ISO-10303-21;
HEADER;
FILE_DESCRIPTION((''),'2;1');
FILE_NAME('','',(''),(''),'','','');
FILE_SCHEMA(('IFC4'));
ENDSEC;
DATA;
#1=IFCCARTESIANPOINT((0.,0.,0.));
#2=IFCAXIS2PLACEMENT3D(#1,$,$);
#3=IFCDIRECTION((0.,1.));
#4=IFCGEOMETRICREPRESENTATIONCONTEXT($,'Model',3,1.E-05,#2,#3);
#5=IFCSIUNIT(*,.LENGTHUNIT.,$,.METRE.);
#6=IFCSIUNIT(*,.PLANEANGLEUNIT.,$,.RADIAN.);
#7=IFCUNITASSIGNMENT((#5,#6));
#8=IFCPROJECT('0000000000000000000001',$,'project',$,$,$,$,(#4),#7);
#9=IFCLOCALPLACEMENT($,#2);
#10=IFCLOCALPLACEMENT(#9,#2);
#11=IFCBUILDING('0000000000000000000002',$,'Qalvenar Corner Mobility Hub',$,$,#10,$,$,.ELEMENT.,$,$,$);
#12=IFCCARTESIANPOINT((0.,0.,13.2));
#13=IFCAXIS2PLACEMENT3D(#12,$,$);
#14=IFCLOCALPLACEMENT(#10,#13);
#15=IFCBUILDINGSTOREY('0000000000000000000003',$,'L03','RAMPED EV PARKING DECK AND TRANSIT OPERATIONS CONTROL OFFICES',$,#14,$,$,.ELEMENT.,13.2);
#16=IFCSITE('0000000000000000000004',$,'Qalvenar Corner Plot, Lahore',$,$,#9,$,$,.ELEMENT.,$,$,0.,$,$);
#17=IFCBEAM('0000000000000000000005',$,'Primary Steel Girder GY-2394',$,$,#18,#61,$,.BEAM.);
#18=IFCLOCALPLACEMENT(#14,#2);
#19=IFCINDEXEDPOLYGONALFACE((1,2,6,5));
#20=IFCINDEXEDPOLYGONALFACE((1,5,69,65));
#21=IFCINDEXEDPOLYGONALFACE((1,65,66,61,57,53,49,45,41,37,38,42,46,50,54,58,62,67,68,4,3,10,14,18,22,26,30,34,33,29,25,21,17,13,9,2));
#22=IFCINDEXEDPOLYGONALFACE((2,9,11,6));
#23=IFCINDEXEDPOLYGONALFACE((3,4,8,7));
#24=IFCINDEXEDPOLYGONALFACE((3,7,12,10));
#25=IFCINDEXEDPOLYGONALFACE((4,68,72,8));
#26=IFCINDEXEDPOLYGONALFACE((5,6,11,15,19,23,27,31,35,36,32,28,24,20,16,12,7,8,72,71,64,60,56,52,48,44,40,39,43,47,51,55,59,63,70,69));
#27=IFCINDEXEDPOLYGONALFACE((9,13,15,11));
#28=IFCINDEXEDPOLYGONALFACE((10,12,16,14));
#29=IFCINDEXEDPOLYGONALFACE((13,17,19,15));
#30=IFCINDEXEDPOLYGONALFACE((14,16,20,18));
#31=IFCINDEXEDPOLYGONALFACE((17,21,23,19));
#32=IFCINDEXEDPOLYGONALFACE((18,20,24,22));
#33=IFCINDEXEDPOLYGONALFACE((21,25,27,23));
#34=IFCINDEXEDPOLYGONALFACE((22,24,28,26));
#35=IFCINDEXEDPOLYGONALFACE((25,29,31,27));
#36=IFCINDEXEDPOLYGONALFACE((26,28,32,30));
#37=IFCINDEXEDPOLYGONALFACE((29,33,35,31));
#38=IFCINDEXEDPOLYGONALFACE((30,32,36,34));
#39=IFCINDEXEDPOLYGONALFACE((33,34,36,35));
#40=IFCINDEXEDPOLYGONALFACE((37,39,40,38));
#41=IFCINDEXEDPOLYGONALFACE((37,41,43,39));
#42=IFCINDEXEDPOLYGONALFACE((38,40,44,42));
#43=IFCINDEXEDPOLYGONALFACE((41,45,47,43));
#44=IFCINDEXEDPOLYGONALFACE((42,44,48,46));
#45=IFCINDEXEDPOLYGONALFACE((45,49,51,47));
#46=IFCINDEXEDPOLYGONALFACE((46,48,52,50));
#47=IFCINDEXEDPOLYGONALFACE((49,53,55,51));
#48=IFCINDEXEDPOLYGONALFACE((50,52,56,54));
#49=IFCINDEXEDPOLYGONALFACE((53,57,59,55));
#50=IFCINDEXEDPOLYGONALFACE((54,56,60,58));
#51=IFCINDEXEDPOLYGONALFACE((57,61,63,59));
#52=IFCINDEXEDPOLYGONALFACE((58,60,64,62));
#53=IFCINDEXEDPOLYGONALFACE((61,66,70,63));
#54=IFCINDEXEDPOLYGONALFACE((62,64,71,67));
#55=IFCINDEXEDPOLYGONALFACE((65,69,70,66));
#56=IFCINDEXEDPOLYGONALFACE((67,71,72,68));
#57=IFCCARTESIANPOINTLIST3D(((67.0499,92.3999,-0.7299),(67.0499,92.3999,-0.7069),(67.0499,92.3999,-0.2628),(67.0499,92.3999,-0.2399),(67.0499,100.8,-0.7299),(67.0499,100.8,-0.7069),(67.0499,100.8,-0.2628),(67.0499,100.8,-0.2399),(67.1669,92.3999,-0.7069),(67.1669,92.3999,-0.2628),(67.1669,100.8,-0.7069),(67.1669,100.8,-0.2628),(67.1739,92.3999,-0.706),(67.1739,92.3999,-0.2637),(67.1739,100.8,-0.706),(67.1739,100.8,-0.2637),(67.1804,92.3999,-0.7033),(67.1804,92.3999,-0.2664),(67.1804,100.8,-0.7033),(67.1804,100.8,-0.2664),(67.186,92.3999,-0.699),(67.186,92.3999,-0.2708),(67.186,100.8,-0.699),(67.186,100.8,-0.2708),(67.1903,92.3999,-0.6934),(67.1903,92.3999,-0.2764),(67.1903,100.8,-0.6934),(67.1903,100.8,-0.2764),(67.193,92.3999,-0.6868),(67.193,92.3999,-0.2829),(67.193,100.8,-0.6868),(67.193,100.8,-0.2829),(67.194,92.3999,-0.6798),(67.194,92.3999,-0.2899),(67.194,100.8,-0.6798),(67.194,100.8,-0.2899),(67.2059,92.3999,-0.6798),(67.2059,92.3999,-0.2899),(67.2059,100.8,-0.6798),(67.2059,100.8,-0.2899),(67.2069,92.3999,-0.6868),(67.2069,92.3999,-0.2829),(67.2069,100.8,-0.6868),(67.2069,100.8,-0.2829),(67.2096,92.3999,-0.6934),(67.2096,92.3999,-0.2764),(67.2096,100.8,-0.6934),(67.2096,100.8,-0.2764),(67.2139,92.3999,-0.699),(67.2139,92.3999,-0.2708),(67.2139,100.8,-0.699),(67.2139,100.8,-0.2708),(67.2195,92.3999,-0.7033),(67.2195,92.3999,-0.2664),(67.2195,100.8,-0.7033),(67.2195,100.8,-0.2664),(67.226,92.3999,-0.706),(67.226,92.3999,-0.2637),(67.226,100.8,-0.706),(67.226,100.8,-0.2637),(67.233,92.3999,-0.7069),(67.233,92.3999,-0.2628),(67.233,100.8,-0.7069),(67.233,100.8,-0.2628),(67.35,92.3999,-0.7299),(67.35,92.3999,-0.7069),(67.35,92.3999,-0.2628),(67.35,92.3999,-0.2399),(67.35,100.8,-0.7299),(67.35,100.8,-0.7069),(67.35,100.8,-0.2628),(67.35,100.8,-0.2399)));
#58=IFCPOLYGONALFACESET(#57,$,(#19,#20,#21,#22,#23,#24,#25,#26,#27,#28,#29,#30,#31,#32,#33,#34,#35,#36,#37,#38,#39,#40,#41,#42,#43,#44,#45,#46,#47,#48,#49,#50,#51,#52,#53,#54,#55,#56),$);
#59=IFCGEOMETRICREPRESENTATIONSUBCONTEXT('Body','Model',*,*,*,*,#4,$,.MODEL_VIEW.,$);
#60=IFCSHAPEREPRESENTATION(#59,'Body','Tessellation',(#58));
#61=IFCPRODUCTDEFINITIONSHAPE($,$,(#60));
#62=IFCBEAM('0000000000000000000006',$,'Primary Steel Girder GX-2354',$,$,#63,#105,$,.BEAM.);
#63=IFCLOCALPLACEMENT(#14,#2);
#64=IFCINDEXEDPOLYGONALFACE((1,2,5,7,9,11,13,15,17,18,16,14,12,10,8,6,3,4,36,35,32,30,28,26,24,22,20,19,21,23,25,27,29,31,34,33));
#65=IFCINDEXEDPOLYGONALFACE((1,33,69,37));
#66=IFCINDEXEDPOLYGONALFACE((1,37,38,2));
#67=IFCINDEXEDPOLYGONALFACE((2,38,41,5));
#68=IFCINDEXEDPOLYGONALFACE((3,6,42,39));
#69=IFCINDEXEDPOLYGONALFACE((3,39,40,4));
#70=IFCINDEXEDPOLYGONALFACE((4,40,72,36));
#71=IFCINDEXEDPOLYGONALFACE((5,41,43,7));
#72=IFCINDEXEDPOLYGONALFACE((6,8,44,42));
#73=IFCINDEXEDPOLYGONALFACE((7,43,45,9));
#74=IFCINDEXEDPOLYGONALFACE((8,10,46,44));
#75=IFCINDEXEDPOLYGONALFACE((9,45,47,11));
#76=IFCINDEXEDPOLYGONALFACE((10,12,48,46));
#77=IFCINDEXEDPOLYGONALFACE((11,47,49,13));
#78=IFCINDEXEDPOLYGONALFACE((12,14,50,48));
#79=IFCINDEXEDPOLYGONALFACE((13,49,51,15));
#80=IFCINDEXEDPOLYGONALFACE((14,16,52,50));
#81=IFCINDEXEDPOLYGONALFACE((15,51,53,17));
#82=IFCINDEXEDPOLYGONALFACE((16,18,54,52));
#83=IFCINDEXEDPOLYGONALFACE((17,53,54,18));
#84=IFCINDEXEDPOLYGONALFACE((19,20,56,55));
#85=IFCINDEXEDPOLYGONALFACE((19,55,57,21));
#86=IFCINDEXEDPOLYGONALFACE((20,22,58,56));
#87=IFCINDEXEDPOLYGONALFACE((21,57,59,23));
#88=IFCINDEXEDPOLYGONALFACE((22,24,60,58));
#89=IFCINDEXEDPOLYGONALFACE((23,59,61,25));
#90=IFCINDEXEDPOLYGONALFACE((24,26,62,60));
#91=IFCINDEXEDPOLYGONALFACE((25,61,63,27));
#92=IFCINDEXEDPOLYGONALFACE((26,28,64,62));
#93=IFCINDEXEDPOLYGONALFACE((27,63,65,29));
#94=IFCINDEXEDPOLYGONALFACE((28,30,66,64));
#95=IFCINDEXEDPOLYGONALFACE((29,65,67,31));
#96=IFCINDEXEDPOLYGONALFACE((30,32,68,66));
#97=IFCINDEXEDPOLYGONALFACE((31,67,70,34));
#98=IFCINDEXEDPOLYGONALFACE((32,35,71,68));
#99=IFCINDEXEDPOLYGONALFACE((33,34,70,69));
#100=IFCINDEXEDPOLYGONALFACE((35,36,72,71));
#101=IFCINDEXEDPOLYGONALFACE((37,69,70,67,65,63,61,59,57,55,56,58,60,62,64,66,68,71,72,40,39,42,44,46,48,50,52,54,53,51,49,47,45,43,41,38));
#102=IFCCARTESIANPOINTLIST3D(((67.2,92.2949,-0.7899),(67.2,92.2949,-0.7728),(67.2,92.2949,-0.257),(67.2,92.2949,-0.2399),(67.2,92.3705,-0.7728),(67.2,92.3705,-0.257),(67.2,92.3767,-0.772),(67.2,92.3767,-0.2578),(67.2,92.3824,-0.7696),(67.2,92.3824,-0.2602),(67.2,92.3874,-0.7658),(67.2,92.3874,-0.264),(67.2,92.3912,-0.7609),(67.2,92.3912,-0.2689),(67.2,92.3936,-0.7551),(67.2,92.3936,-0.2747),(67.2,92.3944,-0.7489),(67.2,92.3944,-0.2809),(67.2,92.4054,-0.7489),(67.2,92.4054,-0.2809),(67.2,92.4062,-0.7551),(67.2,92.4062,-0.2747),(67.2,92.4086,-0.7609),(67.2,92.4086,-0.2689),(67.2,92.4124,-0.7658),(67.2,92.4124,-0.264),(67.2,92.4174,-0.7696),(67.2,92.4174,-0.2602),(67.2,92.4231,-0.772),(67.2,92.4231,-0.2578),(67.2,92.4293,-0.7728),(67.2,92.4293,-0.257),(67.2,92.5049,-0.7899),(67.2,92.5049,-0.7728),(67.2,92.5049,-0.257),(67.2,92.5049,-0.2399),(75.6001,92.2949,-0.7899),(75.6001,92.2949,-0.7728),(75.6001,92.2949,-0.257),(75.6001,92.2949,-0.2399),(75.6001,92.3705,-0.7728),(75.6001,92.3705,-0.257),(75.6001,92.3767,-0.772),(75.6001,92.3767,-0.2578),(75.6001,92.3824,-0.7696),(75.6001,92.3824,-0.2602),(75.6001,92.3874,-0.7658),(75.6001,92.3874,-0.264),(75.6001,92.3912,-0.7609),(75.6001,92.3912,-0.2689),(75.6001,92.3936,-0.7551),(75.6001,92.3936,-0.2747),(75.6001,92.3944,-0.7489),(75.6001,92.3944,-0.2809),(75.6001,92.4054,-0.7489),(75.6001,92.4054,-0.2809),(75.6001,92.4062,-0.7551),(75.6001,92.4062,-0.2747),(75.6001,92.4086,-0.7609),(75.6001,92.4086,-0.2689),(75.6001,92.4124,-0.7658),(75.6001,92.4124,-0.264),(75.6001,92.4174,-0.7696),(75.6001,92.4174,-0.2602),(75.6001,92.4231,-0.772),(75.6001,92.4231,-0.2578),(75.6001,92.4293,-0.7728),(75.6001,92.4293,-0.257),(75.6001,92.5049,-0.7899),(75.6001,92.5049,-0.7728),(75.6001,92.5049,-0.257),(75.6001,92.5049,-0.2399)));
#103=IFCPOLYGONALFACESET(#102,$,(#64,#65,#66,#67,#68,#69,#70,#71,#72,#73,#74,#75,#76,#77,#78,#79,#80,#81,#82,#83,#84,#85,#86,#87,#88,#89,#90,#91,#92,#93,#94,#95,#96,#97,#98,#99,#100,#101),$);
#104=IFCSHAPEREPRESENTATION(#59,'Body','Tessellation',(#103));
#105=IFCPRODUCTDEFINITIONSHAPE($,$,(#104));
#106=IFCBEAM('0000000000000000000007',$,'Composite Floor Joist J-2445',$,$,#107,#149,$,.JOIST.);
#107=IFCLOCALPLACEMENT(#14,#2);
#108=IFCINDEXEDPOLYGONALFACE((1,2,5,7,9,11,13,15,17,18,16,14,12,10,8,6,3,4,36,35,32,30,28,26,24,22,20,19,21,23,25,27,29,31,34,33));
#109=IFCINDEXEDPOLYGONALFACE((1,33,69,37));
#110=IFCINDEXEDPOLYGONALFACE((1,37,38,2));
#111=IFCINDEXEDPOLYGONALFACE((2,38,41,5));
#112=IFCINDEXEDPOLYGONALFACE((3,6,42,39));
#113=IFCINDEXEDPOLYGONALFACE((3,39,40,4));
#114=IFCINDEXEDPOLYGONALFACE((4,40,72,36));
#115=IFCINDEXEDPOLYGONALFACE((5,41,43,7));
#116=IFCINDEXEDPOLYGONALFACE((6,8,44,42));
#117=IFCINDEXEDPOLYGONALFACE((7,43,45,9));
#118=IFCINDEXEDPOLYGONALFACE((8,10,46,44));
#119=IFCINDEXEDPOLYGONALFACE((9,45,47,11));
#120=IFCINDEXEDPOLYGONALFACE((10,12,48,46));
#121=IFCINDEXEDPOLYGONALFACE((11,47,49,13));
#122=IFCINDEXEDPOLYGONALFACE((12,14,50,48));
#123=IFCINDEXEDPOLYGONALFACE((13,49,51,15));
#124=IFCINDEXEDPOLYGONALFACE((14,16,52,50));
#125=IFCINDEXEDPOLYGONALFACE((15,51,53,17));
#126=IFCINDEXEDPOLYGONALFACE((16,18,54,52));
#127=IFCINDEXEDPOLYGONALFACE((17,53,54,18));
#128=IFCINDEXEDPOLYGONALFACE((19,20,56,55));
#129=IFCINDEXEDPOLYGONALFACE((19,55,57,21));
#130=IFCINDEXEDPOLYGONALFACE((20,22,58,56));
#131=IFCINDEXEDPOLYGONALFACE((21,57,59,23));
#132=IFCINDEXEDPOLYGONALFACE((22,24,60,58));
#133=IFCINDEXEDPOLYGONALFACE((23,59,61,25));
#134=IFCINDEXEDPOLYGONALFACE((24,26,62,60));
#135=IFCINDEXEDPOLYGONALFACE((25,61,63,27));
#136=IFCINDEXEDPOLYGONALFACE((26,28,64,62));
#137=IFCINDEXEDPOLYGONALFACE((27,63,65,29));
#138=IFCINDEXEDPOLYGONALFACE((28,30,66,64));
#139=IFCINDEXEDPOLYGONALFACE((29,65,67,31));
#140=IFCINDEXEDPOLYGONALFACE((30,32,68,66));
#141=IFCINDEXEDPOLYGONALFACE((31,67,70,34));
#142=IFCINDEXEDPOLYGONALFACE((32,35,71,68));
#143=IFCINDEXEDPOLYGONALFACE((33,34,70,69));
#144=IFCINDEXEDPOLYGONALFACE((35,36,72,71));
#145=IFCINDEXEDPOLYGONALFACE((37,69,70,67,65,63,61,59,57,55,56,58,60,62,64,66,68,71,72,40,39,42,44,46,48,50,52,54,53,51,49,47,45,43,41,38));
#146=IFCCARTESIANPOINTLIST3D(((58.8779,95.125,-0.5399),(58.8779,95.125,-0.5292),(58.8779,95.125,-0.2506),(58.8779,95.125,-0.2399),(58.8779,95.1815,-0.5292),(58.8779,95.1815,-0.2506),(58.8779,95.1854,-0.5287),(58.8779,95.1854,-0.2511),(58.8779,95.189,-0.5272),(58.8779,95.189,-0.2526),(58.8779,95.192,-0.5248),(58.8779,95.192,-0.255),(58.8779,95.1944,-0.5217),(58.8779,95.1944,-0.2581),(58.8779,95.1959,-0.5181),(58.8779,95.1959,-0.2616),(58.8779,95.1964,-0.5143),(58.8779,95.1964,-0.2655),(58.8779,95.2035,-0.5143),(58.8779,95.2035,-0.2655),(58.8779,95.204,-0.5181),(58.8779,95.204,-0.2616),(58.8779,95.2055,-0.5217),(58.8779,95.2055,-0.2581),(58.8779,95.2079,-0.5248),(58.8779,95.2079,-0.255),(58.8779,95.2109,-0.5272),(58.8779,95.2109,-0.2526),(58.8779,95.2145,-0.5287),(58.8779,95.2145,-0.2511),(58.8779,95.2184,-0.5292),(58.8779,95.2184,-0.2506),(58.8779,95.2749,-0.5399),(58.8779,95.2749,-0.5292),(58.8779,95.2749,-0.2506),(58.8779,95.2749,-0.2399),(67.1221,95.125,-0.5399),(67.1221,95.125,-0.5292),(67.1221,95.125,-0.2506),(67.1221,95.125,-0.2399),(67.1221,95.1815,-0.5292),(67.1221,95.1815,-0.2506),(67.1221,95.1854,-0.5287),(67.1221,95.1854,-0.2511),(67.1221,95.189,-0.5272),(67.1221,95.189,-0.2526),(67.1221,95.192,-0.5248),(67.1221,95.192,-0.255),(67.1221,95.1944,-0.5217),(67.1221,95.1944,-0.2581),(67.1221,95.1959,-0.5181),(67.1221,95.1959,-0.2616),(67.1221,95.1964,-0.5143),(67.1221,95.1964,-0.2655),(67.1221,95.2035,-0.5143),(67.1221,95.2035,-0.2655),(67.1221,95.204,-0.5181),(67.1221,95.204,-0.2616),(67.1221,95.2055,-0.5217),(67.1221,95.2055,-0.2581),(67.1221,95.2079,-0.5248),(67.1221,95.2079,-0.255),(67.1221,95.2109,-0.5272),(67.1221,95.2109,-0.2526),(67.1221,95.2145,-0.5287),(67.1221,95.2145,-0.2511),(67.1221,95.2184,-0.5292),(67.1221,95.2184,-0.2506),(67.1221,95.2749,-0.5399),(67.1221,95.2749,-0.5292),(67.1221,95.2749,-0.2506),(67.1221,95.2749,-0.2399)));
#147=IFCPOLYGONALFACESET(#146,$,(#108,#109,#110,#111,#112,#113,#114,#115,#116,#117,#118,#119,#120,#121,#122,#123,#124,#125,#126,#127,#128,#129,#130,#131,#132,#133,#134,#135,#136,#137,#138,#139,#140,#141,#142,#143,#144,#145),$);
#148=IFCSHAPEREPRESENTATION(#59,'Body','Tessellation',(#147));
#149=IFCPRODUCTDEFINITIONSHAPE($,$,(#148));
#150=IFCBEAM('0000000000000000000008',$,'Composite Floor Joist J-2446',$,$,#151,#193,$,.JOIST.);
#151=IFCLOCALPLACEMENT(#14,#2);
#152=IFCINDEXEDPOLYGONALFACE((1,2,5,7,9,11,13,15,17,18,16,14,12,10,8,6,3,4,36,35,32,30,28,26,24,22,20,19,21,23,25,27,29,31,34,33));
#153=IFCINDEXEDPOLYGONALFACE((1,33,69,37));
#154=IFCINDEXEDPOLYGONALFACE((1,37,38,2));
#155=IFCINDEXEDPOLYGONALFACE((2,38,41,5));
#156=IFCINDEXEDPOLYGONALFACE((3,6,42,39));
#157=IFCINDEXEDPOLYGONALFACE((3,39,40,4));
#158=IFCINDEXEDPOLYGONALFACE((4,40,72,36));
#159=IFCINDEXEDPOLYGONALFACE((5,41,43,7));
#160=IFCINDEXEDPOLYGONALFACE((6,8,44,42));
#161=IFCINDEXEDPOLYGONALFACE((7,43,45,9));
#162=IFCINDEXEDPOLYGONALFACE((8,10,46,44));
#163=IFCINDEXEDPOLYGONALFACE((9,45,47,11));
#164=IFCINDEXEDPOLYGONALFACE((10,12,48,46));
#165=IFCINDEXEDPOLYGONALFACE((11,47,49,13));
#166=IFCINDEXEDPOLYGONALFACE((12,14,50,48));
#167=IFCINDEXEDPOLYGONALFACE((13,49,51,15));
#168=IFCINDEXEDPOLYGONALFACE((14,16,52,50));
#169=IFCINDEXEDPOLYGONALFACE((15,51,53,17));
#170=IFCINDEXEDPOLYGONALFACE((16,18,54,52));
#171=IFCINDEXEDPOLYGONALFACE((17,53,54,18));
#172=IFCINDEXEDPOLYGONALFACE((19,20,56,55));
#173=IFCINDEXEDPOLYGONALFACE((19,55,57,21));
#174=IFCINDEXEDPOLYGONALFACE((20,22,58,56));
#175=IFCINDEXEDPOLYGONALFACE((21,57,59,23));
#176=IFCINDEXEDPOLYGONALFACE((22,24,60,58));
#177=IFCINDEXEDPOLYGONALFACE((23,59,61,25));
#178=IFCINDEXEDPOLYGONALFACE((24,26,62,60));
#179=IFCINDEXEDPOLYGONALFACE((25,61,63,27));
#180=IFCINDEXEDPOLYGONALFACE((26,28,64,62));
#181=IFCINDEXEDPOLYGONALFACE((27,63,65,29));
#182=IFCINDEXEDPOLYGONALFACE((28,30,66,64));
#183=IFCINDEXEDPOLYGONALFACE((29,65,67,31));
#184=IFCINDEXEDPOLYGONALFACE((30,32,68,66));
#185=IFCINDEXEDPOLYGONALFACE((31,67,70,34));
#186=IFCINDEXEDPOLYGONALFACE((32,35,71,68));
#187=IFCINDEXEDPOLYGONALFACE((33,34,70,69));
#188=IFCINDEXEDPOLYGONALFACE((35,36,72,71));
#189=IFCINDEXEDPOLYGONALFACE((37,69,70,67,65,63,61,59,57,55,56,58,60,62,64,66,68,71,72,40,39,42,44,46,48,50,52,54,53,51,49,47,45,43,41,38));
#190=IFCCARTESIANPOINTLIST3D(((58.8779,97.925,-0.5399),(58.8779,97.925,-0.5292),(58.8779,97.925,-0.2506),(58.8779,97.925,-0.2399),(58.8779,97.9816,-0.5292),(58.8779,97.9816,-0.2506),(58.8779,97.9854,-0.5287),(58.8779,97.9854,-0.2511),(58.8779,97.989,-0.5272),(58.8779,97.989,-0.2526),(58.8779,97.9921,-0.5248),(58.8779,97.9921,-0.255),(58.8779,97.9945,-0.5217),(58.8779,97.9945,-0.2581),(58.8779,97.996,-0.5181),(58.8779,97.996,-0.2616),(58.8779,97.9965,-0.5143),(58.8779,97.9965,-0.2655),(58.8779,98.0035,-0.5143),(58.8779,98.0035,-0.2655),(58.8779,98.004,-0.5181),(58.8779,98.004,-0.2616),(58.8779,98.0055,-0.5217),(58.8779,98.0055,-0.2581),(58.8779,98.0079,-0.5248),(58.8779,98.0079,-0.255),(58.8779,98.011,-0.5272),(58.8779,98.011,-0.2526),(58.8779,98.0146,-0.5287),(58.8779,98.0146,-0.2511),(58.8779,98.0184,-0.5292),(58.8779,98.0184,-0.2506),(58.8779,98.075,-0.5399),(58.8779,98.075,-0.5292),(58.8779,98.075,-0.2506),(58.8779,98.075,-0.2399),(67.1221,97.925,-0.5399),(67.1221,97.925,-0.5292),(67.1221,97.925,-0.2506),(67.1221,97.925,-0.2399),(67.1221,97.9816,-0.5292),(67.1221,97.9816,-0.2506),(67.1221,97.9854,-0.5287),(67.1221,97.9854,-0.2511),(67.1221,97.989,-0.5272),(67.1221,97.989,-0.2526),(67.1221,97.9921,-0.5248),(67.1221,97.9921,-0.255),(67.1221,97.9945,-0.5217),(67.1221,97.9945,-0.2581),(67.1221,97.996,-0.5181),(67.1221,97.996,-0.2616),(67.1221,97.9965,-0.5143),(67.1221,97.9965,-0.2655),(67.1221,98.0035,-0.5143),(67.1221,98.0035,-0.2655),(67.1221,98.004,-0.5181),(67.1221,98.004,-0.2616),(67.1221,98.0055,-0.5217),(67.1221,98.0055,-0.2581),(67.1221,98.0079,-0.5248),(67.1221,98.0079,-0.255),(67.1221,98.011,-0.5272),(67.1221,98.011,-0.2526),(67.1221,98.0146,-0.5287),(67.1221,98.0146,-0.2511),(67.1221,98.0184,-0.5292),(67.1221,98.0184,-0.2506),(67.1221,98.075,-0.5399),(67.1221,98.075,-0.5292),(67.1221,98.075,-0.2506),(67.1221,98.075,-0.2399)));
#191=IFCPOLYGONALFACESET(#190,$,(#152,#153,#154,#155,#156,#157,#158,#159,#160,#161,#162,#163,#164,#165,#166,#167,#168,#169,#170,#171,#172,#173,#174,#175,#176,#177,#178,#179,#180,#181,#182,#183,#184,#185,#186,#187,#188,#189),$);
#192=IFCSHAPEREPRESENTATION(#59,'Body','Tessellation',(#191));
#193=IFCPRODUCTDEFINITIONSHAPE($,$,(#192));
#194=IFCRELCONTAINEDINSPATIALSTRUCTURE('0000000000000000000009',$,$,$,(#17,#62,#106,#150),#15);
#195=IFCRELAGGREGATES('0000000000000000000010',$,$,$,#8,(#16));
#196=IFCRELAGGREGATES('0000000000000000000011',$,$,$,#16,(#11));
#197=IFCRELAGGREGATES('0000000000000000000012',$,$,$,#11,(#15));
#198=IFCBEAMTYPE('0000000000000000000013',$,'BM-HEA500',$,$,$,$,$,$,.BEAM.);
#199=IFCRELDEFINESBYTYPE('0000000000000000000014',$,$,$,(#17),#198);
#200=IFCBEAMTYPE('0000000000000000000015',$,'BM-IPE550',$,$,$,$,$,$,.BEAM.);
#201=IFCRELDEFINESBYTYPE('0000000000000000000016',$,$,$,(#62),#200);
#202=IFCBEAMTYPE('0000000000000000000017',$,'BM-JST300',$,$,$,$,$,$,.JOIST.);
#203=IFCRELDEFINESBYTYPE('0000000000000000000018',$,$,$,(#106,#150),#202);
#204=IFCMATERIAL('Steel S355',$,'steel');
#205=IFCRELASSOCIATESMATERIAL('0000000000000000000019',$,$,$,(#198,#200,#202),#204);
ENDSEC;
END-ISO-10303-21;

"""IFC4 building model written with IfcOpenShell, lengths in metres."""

from ifc_helpers import new_model, si_unit, direction, frame, origin, origin_2d, place, context, subcontext, project, spatial, i_section, extrude, material, material_profile, profile_set, type_object, element, save


model = new_model("IFC4")

# Units and contexts
model_context = context("Model", 3, precision=1e-05, world=origin(), true_north=direction((0.0, 1.0)))
body_context = subcontext(model_context, "Body", "Model", "MODEL_VIEW")
ifc_project = project(units=[si_unit("LENGTHUNIT", "METRE"), si_unit("PLANEANGLEUNIT", "RADIAN")], contexts=[model_context])

# Site, building, storey
site_placement = place(None, origin())
site = spatial("IfcSite", under=ifc_project, at=site_placement, Name="Qalvenar Corner Plot, Lahore", CompositionType="ELEMENT", RefElevation=0.0)
building_placement = place(site_placement, origin())
building = spatial("IfcBuilding", under=site, at=building_placement, Name="Qalvenar Corner Mobility Hub", CompositionType="ELEMENT")
storey_placement = place(building_placement, frame((0.0, 0.0, 13.2)))
storey = spatial("IfcBuildingStorey", under=building, at=storey_placement, Name="L03", Description="RAMPED EV PARKING DECK AND TRANSIT OPERATIONS CONTROL OFFICES", CompositionType="ELEMENT", Elevation=13.2)

# Beams
ifc_material_1 = material(Name="Steel S355", Category="steel")
ifc_material_profile_1 = material_profile(ifc_material_1, i_section(OverallWidth=0.3, OverallDepth=0.49, WebThickness=0.012, FlangeThickness=0.0229, FilletRadius=0.0271, at=origin_2d()), Name="HEA500")
ifc_profile_set_1 = profile_set([ifc_material_profile_1], Name="Steel S355")
beam_type_1 = type_object("IfcBeamType", Name="BM-HEA500", PredefinedType="BEAM", material=ifc_profile_set_1)
beam_1_placement = place(storey_placement, frame((67.2, 92.3999, -0.4849), z_axis=(0.0, 1.0, 0.0), x_axis=(-1.0, 0.0, 0.0)))
element("IfcBeam", 1, at=beam_1_placement, inside=storey, type_object=beam_type_1, Name="Primary Steel Girder GY-2394", PredefinedType="BEAM", context=body_context, shape_type="SweptSolid", body=[
    extrude(i_section(OverallWidth=0.3, OverallDepth=0.49, WebThickness=0.012, FlangeThickness=0.0229, FilletRadius=0.0271, at=origin_2d()), origin(), (0.0, 0.0, 1.0), 8.4001),
])
ifc_material_profile_2 = material_profile(ifc_material_1, i_section(OverallWidth=0.21, OverallDepth=0.55, WebThickness=0.011, FlangeThickness=0.0171, FilletRadius=0.0239, at=origin_2d()), Name="IPE550")
ifc_profile_set_2 = profile_set([ifc_material_profile_2], Name="Steel S355")
beam_type_2 = type_object("IfcBeamType", Name="BM-IPE550", PredefinedType="BEAM", material=ifc_profile_set_2)
beam_2_placement = place(storey_placement, frame((67.2, 92.3999, -0.5149), z_axis=(1.0, 0.0, 0.0), x_axis=(0.0, 1.0, 0.0)))
element("IfcBeam", 2, at=beam_2_placement, inside=storey, type_object=beam_type_2, Name="Primary Steel Girder GX-2354", PredefinedType="BEAM", context=body_context, shape_type="SweptSolid", body=[
    extrude(i_section(OverallWidth=0.21, OverallDepth=0.55, WebThickness=0.011, FlangeThickness=0.0171, FilletRadius=0.0239, at=origin_2d()), origin(), (0.0, 0.0, 1.0), 8.4001),
])
ifc_material_profile_3 = material_profile(ifc_material_1, i_section(OverallWidth=0.1499, OverallDepth=0.3, WebThickness=0.0071, FlangeThickness=0.0107, FilletRadius=0.0149, at=origin_2d()), Name="IPE300")
ifc_profile_set_3 = profile_set([ifc_material_profile_3], Name="Steel S355")
beam_type_3 = type_object("IfcBeamType", Name="BM-JST300", PredefinedType="JOIST", material=ifc_profile_set_3)
for number, where, z_axis, x_axis, name in (
    (3, (58.8779, 95.2, -0.3899), (1.0, 0.0, 0.0), (0.0, 1.0, 0.0), "Composite Floor Joist J-2445"),
    (4, (58.8779, 98.0, -0.3899), (1.0, 0.0, 0.0), (0.0, 1.0, 0.0), "Composite Floor Joist J-2446"),
):
    element("IfcBeam", number, at=place(storey_placement, frame(where, z_axis=z_axis, x_axis=x_axis)), inside=storey, type_object=beam_type_3, Name=name, PredefinedType="JOIST", context=body_context, shape_type="SweptSolid", body=[
        extrude(i_section(OverallWidth=0.1499, OverallDepth=0.3, WebThickness=0.0071, FlangeThickness=0.0107, FilletRadius=0.0149, at=origin_2d()), origin(), (0.0, 0.0, 1.0), 8.2441),
    ])

save(model, "model.ifc")
